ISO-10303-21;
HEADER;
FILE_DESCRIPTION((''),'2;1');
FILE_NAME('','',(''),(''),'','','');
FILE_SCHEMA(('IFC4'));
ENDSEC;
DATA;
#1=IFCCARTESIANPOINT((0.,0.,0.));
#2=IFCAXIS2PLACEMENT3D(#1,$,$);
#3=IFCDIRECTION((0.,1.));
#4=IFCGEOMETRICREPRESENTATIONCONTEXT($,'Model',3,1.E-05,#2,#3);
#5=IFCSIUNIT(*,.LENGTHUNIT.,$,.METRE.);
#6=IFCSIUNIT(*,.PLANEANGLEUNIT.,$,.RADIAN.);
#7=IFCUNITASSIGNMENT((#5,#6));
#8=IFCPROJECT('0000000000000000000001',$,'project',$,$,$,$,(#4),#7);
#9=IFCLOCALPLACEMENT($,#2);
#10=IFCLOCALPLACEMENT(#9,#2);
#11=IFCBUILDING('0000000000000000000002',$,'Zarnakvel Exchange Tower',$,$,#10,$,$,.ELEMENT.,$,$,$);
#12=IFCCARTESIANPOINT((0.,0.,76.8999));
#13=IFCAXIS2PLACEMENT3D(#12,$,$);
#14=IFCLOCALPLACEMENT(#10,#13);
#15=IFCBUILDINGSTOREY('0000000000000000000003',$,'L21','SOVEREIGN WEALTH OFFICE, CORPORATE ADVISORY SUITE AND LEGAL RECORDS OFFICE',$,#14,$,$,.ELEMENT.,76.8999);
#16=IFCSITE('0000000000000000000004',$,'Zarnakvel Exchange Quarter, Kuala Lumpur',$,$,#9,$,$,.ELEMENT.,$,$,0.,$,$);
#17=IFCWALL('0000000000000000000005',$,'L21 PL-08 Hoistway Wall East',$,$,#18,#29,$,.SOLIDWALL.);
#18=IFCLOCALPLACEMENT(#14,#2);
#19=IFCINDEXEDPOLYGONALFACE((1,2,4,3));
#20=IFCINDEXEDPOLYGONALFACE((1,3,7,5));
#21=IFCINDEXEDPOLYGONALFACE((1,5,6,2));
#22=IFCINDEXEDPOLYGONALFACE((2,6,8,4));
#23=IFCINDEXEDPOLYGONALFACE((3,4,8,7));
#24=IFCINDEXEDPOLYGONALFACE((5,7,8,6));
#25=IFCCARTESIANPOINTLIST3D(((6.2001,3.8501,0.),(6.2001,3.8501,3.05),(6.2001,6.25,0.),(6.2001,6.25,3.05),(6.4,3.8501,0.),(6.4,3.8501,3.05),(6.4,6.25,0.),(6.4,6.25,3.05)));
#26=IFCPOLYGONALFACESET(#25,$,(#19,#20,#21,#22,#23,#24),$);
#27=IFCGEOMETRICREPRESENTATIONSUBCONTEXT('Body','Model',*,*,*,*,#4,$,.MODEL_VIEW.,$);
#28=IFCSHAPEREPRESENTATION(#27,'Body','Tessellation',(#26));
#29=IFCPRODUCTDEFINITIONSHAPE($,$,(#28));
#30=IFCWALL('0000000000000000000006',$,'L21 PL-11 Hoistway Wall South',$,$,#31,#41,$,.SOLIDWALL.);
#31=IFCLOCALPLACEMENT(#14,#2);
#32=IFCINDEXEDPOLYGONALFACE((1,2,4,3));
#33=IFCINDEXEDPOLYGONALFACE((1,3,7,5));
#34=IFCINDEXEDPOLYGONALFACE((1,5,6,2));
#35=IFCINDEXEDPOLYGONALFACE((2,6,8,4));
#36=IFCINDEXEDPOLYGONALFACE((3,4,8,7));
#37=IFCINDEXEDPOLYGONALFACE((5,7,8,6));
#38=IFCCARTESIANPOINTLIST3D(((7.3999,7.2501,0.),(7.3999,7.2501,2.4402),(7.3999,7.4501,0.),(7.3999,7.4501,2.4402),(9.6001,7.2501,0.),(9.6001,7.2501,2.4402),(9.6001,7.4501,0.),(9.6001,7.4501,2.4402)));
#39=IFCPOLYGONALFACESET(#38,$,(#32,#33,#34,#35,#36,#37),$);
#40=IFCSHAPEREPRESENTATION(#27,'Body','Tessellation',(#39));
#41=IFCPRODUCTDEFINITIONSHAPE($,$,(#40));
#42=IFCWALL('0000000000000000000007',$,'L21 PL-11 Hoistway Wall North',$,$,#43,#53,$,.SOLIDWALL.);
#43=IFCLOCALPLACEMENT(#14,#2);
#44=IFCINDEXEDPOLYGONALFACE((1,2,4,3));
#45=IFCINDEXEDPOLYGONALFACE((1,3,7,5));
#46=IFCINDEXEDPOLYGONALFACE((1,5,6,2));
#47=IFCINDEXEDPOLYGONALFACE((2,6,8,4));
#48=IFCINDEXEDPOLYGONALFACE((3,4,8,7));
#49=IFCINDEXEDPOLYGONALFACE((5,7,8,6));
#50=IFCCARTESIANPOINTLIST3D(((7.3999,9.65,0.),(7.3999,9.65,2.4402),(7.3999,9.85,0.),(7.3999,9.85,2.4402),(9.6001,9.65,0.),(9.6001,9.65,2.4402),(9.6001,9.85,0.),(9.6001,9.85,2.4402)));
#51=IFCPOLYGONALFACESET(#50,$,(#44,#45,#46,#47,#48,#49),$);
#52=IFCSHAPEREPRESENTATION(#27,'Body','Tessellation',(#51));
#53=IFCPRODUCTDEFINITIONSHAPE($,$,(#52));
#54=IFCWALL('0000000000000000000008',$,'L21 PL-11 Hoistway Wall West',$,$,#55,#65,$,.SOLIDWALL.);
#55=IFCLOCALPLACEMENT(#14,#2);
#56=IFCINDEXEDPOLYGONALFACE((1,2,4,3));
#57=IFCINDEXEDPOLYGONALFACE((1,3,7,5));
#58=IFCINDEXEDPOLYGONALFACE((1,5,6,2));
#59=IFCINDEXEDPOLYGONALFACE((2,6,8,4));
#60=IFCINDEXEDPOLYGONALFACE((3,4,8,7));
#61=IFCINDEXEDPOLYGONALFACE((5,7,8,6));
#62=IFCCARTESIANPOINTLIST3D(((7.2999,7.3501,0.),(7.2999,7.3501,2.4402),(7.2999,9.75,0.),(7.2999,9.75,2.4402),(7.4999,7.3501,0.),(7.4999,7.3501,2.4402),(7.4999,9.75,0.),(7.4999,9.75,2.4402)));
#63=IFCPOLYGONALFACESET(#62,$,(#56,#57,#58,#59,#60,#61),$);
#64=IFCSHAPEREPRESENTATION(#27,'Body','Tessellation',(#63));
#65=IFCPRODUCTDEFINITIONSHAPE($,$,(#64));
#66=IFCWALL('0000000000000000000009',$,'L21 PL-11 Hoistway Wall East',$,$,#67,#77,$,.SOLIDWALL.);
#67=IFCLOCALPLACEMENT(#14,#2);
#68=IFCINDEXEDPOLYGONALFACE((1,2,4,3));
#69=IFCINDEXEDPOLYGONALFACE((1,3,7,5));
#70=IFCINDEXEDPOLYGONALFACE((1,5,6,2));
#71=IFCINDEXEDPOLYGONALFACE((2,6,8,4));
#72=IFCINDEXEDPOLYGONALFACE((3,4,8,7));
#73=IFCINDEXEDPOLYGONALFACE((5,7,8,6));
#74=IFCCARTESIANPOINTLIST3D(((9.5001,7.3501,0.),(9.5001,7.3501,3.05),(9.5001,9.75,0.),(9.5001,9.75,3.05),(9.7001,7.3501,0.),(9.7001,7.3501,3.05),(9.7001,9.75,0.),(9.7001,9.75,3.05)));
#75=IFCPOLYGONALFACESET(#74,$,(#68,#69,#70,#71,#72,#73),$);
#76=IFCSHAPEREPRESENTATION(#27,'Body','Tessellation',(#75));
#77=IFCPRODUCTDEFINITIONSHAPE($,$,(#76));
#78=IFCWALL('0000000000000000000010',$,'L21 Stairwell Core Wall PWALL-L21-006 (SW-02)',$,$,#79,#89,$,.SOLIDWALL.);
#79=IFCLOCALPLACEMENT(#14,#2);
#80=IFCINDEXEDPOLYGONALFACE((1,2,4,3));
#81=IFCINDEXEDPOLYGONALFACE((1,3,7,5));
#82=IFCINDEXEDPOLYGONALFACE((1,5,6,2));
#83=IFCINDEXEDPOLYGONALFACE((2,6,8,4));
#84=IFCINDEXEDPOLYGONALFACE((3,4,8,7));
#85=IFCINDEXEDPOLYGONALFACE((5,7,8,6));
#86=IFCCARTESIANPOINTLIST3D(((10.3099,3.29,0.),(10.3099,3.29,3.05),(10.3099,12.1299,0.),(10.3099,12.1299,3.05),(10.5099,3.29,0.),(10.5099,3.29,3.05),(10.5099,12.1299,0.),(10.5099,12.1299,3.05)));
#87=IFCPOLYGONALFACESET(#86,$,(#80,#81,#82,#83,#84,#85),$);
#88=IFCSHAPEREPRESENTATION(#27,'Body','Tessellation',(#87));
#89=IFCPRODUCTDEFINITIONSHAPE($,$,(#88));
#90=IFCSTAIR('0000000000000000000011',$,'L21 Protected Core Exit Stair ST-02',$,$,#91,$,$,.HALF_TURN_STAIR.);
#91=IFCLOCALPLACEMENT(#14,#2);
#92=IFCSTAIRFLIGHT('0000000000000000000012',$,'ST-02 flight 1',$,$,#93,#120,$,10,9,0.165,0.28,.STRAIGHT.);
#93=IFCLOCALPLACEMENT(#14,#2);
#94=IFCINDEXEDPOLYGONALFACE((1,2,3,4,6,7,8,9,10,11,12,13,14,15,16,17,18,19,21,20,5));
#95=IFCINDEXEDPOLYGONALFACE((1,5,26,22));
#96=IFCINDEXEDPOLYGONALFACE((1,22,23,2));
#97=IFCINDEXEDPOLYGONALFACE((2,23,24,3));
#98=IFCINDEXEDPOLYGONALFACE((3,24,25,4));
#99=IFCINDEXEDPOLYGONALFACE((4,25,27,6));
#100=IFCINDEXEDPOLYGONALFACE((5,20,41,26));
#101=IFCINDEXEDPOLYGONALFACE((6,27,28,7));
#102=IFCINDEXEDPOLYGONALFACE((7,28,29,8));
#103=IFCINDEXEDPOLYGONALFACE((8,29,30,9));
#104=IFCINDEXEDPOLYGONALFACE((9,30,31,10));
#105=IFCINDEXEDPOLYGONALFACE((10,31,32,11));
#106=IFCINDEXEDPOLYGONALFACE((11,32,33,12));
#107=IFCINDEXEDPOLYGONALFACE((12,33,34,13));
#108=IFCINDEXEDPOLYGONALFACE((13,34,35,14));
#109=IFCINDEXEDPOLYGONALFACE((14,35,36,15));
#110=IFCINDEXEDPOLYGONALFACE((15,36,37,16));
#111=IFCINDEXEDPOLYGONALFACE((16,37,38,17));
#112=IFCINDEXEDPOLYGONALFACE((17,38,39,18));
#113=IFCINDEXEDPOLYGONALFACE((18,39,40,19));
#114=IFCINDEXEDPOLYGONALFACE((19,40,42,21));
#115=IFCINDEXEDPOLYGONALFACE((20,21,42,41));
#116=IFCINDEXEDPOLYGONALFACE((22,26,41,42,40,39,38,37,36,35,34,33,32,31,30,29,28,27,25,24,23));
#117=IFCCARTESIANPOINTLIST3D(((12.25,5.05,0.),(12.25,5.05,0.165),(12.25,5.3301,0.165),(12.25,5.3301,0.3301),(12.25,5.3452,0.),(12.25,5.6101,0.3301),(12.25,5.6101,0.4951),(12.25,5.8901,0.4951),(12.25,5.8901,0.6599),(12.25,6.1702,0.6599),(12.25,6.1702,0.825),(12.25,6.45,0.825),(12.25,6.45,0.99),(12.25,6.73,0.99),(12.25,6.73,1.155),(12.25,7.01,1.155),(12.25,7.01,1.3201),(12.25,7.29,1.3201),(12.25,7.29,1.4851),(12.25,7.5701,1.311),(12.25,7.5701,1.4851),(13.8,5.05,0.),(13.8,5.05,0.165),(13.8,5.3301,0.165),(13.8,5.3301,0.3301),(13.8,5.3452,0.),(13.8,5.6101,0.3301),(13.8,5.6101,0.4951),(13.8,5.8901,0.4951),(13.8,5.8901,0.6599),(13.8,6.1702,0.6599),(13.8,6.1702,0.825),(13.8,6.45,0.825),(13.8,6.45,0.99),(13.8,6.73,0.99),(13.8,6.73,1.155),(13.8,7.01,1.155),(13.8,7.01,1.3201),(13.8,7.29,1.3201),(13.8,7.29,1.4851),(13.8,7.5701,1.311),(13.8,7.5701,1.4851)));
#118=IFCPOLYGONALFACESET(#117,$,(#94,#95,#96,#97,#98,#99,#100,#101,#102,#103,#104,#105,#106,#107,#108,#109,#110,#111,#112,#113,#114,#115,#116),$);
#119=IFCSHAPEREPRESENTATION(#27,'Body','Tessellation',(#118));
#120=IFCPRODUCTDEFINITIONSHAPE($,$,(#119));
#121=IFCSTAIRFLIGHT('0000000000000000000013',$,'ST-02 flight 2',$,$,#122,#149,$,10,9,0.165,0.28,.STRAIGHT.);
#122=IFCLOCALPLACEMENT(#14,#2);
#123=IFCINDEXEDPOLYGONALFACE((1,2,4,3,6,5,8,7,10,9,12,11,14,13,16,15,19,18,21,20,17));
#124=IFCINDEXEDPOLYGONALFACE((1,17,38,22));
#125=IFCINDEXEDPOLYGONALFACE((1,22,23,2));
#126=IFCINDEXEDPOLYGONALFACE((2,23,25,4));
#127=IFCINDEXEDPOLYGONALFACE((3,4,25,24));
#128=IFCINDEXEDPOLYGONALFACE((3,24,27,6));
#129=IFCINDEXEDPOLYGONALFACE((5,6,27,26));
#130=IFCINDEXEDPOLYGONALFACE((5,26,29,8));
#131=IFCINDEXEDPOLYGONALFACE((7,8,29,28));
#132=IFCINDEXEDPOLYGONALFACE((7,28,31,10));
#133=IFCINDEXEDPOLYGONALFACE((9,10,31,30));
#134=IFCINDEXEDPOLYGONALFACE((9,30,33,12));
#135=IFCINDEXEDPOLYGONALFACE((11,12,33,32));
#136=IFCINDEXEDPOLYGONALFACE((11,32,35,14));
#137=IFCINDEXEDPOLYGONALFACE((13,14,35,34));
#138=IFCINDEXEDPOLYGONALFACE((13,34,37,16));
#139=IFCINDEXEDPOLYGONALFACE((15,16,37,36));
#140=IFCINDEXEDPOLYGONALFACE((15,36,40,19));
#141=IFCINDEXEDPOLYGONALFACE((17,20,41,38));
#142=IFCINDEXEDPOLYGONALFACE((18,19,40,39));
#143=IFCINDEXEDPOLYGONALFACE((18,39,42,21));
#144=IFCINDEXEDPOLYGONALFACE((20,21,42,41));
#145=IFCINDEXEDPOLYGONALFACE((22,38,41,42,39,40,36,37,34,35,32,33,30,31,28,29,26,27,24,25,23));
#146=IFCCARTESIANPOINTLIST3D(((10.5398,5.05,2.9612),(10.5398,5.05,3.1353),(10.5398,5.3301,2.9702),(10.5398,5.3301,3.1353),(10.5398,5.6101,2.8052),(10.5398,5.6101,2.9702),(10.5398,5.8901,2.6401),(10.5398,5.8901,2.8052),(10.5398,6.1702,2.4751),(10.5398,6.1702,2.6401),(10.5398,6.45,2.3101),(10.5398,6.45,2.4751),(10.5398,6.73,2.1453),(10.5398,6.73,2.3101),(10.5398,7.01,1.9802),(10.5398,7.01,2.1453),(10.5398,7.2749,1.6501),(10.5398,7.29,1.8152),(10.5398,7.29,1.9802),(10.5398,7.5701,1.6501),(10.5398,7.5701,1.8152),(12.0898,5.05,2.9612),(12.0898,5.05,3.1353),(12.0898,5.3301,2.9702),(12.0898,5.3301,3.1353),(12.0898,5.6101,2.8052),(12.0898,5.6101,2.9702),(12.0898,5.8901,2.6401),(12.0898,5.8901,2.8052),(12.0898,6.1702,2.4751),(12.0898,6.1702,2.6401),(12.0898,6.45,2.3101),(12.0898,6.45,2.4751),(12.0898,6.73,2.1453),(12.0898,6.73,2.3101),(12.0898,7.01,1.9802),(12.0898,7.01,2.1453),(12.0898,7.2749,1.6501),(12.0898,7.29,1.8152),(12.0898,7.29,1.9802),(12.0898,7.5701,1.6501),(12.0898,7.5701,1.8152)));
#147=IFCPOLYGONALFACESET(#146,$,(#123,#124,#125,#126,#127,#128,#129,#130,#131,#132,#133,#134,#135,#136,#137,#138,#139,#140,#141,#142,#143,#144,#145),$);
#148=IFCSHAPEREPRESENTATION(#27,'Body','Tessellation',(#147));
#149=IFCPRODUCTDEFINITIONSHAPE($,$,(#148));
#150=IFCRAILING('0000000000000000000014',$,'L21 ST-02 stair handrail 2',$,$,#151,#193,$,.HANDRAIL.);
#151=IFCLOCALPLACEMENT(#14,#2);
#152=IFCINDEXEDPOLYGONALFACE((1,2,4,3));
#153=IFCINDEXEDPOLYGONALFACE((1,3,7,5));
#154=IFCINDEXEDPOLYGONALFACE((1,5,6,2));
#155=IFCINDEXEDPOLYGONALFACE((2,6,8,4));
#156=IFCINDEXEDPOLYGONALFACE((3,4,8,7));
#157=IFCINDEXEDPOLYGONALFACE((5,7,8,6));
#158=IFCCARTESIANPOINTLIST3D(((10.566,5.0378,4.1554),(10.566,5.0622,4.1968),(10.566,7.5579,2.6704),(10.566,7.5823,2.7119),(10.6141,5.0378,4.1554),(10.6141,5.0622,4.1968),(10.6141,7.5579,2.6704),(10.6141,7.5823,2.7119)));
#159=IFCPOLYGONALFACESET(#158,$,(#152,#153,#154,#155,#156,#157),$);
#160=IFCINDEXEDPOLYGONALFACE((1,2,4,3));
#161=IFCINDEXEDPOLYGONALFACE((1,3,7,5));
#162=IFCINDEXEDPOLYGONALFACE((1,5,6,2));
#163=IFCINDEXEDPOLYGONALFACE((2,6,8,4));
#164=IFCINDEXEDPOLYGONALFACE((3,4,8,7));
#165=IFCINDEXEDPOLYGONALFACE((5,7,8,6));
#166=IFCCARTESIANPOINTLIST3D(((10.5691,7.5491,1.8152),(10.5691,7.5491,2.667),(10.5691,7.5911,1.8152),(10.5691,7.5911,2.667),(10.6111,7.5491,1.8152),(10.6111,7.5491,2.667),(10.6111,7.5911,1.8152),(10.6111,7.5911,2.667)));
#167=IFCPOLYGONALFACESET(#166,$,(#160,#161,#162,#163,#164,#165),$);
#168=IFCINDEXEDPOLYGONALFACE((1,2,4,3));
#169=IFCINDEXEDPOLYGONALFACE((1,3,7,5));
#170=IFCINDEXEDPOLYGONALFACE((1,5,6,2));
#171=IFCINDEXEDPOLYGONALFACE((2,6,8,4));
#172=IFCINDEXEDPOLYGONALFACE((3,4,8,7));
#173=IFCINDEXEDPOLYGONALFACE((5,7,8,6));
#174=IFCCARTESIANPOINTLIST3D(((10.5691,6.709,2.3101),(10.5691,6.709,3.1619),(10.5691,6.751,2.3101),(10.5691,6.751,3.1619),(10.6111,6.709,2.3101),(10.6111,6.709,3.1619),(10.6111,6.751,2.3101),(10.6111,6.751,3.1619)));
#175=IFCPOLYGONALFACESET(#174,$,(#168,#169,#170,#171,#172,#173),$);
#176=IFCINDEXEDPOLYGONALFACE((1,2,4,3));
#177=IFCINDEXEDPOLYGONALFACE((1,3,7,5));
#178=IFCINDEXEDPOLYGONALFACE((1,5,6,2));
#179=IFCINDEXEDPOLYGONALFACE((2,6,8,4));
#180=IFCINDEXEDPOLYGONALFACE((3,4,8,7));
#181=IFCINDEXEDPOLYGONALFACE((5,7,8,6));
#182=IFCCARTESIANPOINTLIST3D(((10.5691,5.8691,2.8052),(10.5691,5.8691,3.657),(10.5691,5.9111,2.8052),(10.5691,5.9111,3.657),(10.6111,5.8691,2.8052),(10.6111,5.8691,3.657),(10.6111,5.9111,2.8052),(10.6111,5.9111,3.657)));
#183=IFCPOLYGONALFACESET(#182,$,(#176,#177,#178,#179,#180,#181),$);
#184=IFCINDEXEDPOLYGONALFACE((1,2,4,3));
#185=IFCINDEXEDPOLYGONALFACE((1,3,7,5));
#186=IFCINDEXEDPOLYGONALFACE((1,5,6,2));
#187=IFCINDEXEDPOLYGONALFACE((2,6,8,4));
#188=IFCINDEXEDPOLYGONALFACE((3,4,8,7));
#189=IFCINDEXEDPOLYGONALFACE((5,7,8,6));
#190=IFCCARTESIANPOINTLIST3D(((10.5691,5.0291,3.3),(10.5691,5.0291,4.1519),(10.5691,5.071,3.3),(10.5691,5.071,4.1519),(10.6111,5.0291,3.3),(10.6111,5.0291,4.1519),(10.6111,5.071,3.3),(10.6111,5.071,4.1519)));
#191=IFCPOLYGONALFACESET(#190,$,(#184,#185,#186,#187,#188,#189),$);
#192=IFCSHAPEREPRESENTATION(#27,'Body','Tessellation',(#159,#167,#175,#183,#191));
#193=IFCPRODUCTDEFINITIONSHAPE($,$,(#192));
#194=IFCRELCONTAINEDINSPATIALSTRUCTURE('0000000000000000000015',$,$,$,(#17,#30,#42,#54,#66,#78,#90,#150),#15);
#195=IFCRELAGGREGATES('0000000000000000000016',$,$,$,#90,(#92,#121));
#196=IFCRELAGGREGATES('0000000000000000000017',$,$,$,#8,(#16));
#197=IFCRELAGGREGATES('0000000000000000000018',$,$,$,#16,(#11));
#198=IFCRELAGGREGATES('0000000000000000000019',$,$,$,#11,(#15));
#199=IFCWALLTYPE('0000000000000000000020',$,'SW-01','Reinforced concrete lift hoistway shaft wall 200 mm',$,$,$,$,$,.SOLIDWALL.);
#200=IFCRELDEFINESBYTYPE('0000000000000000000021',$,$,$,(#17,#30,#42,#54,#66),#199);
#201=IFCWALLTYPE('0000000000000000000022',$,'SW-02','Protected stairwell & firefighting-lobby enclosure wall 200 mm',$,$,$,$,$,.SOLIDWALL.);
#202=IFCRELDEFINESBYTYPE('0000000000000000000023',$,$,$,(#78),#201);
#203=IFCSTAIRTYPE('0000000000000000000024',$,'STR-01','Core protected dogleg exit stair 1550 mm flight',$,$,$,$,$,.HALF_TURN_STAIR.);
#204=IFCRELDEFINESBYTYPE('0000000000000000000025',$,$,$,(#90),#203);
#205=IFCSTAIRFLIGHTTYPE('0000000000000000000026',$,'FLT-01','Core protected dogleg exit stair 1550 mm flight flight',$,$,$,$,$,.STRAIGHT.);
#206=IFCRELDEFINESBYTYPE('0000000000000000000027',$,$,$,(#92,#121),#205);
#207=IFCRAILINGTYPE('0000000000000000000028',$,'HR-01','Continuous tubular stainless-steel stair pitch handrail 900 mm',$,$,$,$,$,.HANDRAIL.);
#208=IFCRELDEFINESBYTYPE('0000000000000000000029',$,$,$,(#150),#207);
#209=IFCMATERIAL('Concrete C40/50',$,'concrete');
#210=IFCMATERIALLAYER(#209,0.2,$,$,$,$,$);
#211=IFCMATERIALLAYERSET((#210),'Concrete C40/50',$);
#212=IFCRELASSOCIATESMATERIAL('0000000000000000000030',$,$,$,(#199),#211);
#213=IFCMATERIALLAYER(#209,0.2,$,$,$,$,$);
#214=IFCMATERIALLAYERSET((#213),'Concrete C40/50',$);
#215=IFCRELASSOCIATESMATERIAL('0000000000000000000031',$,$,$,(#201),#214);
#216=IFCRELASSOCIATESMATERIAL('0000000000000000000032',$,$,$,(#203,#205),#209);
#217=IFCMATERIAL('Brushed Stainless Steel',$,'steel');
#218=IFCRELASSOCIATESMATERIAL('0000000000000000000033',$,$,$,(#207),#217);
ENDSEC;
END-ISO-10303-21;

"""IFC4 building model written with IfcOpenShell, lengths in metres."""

from ifc_helpers import new_model, si_unit, direction, frame, frame_2d, origin, origin_2d, place, context, subcontext, project, spatial, polyline, rectangle, outline, extrude, material, layer, layer_set, type_object, element, aggregate, save


model = new_model("IFC4")

# Units and contexts
model_context = context("Model", 3, precision=1e-05, world=origin(), true_north=direction((0.0, 1.0)))
body_context = subcontext(model_context, "Body", "Model", "MODEL_VIEW")
ifc_project = project(units=[si_unit("LENGTHUNIT", "METRE"), si_unit("PLANEANGLEUNIT", "RADIAN")], contexts=[model_context])

# Site, building, storey
site_placement = place(None, origin())
site = spatial("IfcSite", under=ifc_project, at=site_placement, Name="Zarnakvel Exchange Quarter, Kuala Lumpur", CompositionType="ELEMENT", RefElevation=0.0)
building_placement = place(site_placement, origin())
building = spatial("IfcBuilding", under=site, at=building_placement, Name="Zarnakvel Exchange Tower", CompositionType="ELEMENT")
storey_placement = place(building_placement, frame((0.0, 0.0, 76.8999)))
storey = spatial("IfcBuildingStorey", under=building, at=storey_placement, Name="L21", Description="SOVEREIGN WEALTH OFFICE, CORPORATE ADVISORY SUITE AND LEGAL RECORDS OFFICE", CompositionType="ELEMENT", Elevation=76.8999)

# Shared definitions
ifc_material_1 = material(Name="Concrete C40/50", Category="concrete")
ifc_layer_1 = layer(ifc_material_1, 0.2)
ifc_layer_set_1 = layer_set([ifc_layer_1], Name="Concrete C40/50")
wall_type_1 = type_object("IfcWallType", Name="SW-01", Description="Reinforced concrete lift hoistway shaft wall 200 mm", PredefinedType="SOLIDWALL", material=ifc_layer_set_1)
ifc_material_2 = material(Name="Brushed Stainless Steel", Category="steel")

# Walls
wall_1_placement = place(storey_placement, frame((6.3, 6.25, 0.0), z_axis=(0.0, 0.0, 1.0), x_axis=(0.0, -1.0, 0.0)))
element("IfcWall", 1, at=wall_1_placement, inside=storey, type_object=wall_type_1, Name="L21 PL-08 Hoistway Wall East", PredefinedType="SOLIDWALL", context=body_context, shape_type="SweptSolid", body=[
    extrude(rectangle(XDim=2.3999, YDim=0.2, at=frame_2d((1.2, 0.0))), origin(), (0.0, 0.0, 1.0), 3.05),
])
for number, where, z_axis, x_axis, name in (
    (2, (9.6001, 7.3501, 0.0), (0.0, 0.0, 1.0), (-1.0, 0.0, 0.0), "L21 PL-11 Hoistway Wall South"),
    (3, (7.3999, 9.75, 0.0), (0.0, 0.0, 1.0), (1.0, 0.0, 0.0), "L21 PL-11 Hoistway Wall North"),
):
    element("IfcWall", number, at=place(storey_placement, frame(where, z_axis=z_axis, x_axis=x_axis)), inside=storey, type_object=wall_type_1, Name=name, PredefinedType="SOLIDWALL", context=body_context, shape_type="SweptSolid", body=[
        extrude(rectangle(XDim=2.2002, YDim=0.2, at=frame_2d((1.1001, 0.0))), origin(), (0.0, 0.0, 1.0), 2.4402),
    ])
wall_2_placement = place(storey_placement, frame((7.3999, 7.3501, 0.0), z_axis=(0.0, 0.0, 1.0), x_axis=(0.0, 1.0, 0.0)))
element("IfcWall", 4, at=wall_2_placement, inside=storey, type_object=wall_type_1, Name="L21 PL-11 Hoistway Wall West", PredefinedType="SOLIDWALL", context=body_context, shape_type="SweptSolid", body=[
    extrude(rectangle(XDim=2.3999, YDim=0.2, at=frame_2d((1.2, 0.0))), origin(), (0.0, 0.0, 1.0), 2.4402),
])
wall_3_placement = place(storey_placement, frame((9.6001, 9.75, 0.0), z_axis=(0.0, 0.0, 1.0), x_axis=(0.0, -1.0, 0.0)))
element("IfcWall", 5, at=wall_3_placement, inside=storey, type_object=wall_type_1, Name="L21 PL-11 Hoistway Wall East", PredefinedType="SOLIDWALL", context=body_context, shape_type="SweptSolid", body=[
    extrude(rectangle(XDim=2.3999, YDim=0.2, at=frame_2d((1.2, 0.0))), origin(), (0.0, 0.0, 1.0), 3.05),
])
ifc_layer_2 = layer(ifc_material_1, 0.2)
ifc_layer_set_2 = layer_set([ifc_layer_2], Name="Concrete C40/50")
wall_type_2 = type_object("IfcWallType", Name="SW-02", Description="Protected stairwell & firefighting-lobby enclosure wall 200 mm", PredefinedType="SOLIDWALL", material=ifc_layer_set_2)
wall_4_placement = place(storey_placement, frame((10.4099, 3.29, 0.0), z_axis=(0.0, 0.0, 1.0), x_axis=(0.0, 1.0, 0.0)))
element("IfcWall", 6, at=wall_4_placement, inside=storey, type_object=wall_type_2, Name="L21 Stairwell Core Wall PWALL-L21-006 (SW-02)", PredefinedType="SOLIDWALL", context=body_context, shape_type="SweptSolid", body=[
    extrude(rectangle(XDim=8.8398, YDim=0.2, at=frame_2d((4.4199, 0.0))), origin(), (0.0, 0.0, 1.0), 3.05),
])

# Stair, stair flights
stair_type = type_object("IfcStairType", Name="STR-01", Description="Core protected dogleg exit stair 1550 mm flight", PredefinedType="HALF_TURN_STAIR", material=ifc_material_1)
stair_placement = place(storey_placement, origin())
stair = element("IfcStair", 7, at=stair_placement, inside=storey, type_object=stair_type, Name="L21 Protected Core Exit Stair ST-02", PredefinedType="HALF_TURN_STAIR")
stair_flight_type = type_object("IfcStairFlightType", Name="FLT-01", Description="Core protected dogleg exit stair 1550 mm flight flight", PredefinedType="STRAIGHT", material=ifc_material_1)
stair_flight_1_placement = place(storey_placement, frame((13.0249, 5.05, 0.0), z_axis=(0.0, 0.0, 1.0), x_axis=(0.0, 1.0, 0.0)))
stair_flight_1 = element("IfcStairFlight", 8, at=stair_flight_1_placement, type_object=stair_flight_type, Name="ST-02 flight 1", NumberOfRisers=10, NumberOfTreads=9, PredefinedType="STRAIGHT", RiserHeight=0.165, TreadLength=0.28, context=body_context, shape_type="SweptSolid", body=[
    extrude(outline(polyline([(0.0, 0.0), (0.0, 0.165), (0.28, 0.165), (0.28, 0.3301), (0.5601, 0.3301), (0.5601, 0.4951), (0.8401, 0.4951), (0.8401, 0.6599), (1.1201, 0.6599), (1.1201, 0.825), (1.3999, 0.825), (1.3999, 0.99), (1.6799, 0.99), (1.6799, 1.155), (1.96, 1.155), (1.96, 1.3201), (2.24, 1.3201), (2.24, 1.4851), (2.52, 1.4851), (2.52, 1.6499), (2.52, 1.311), (0.2952, 0.0), (0.0, 0.0)])), frame((0.0, 0.7749, 0.0), z_axis=(0.0, -1.0, 0.0), x_axis=(1.0, 0.0, 0.0)), (0.0, 0.0, 1.0), 1.55),
])
stair_flight_2_placement = place(storey_placement, frame((11.3149, 7.5701, 1.6501), z_axis=(0.0, 0.0, 1.0), x_axis=(0.0, -1.0, 0.0)))
stair_flight_2 = element("IfcStairFlight", 9, at=stair_flight_2_placement, type_object=stair_flight_type, Name="ST-02 flight 2", NumberOfRisers=10, NumberOfTreads=9, PredefinedType="STRAIGHT", RiserHeight=0.165, TreadLength=0.28, context=body_context, shape_type="SweptSolid", body=[
    extrude(outline(polyline([(0.0, 0.0), (0.0, 0.165), (0.28, 0.165), (0.28, 0.3301), (0.5601, 0.3301), (0.5601, 0.4951), (0.8401, 0.4951), (0.8401, 0.6599), (1.1201, 0.6599), (1.1201, 0.825), (1.3999, 0.825), (1.3999, 0.99), (1.6799, 0.99), (1.6799, 1.155), (1.96, 1.155), (1.96, 1.3201), (2.24, 1.3201), (2.24, 1.4851), (2.52, 1.4851), (2.52, 1.6499), (2.52, 1.311), (0.2952, 0.0), (0.0, 0.0)])), frame((0.0, 0.7749, 0.0), z_axis=(0.0, -1.0, 0.0), x_axis=(1.0, 0.0, 0.0)), (0.0, 0.0, 1.0), 1.55),
])
aggregate(stair, [stair_flight_1, stair_flight_2])

# Railing
railing_type_1 = type_object("IfcRailingType", Name="HR-01", Description="Continuous tubular stainless-steel stair pitch handrail 900 mm", PredefinedType="HANDRAIL", material=ifc_material_2)
railing_1_placement = place(storey_placement, frame((10.5901, 7.5701, 1.8152)))
element("IfcRailing", 10, at=railing_1_placement, inside=storey, type_object=railing_type_1, Name="L21 ST-02 stair handrail 2", PredefinedType="HANDRAIL", context=body_context, shape_type="SweptSolid", body=[
    extrude(rectangle(XDim=0.0481, YDim=0.0481, at=origin_2d()), frame((0.0, 0.0, 0.876), z_axis=(0.0, -0.861561, 0.507655), x_axis=(1.0, 0.0, 0.0)), (0.0, 0.0, 1.0), 2.925),
    extrude(rectangle(XDim=0.042, YDim=0.042, at=origin_2d()), origin(), (0.0, 0.0, 1.0), 0.8518),
    extrude(rectangle(XDim=0.042, YDim=0.042, at=origin_2d()), frame((0.0, -0.8401, 0.4949)), (0.0, 0.0, 1.0), 0.8518),
    extrude(rectangle(XDim=0.042, YDim=0.042, at=origin_2d()), frame((0.0, -1.6799, 0.99)), (0.0, 0.0, 1.0), 0.8518),
    extrude(rectangle(XDim=0.042, YDim=0.042, at=origin_2d()), frame((0.0, -2.52, 1.4849)), (0.0, 0.0, 1.0), 0.8518),
])

save(model, "model.ifc")
